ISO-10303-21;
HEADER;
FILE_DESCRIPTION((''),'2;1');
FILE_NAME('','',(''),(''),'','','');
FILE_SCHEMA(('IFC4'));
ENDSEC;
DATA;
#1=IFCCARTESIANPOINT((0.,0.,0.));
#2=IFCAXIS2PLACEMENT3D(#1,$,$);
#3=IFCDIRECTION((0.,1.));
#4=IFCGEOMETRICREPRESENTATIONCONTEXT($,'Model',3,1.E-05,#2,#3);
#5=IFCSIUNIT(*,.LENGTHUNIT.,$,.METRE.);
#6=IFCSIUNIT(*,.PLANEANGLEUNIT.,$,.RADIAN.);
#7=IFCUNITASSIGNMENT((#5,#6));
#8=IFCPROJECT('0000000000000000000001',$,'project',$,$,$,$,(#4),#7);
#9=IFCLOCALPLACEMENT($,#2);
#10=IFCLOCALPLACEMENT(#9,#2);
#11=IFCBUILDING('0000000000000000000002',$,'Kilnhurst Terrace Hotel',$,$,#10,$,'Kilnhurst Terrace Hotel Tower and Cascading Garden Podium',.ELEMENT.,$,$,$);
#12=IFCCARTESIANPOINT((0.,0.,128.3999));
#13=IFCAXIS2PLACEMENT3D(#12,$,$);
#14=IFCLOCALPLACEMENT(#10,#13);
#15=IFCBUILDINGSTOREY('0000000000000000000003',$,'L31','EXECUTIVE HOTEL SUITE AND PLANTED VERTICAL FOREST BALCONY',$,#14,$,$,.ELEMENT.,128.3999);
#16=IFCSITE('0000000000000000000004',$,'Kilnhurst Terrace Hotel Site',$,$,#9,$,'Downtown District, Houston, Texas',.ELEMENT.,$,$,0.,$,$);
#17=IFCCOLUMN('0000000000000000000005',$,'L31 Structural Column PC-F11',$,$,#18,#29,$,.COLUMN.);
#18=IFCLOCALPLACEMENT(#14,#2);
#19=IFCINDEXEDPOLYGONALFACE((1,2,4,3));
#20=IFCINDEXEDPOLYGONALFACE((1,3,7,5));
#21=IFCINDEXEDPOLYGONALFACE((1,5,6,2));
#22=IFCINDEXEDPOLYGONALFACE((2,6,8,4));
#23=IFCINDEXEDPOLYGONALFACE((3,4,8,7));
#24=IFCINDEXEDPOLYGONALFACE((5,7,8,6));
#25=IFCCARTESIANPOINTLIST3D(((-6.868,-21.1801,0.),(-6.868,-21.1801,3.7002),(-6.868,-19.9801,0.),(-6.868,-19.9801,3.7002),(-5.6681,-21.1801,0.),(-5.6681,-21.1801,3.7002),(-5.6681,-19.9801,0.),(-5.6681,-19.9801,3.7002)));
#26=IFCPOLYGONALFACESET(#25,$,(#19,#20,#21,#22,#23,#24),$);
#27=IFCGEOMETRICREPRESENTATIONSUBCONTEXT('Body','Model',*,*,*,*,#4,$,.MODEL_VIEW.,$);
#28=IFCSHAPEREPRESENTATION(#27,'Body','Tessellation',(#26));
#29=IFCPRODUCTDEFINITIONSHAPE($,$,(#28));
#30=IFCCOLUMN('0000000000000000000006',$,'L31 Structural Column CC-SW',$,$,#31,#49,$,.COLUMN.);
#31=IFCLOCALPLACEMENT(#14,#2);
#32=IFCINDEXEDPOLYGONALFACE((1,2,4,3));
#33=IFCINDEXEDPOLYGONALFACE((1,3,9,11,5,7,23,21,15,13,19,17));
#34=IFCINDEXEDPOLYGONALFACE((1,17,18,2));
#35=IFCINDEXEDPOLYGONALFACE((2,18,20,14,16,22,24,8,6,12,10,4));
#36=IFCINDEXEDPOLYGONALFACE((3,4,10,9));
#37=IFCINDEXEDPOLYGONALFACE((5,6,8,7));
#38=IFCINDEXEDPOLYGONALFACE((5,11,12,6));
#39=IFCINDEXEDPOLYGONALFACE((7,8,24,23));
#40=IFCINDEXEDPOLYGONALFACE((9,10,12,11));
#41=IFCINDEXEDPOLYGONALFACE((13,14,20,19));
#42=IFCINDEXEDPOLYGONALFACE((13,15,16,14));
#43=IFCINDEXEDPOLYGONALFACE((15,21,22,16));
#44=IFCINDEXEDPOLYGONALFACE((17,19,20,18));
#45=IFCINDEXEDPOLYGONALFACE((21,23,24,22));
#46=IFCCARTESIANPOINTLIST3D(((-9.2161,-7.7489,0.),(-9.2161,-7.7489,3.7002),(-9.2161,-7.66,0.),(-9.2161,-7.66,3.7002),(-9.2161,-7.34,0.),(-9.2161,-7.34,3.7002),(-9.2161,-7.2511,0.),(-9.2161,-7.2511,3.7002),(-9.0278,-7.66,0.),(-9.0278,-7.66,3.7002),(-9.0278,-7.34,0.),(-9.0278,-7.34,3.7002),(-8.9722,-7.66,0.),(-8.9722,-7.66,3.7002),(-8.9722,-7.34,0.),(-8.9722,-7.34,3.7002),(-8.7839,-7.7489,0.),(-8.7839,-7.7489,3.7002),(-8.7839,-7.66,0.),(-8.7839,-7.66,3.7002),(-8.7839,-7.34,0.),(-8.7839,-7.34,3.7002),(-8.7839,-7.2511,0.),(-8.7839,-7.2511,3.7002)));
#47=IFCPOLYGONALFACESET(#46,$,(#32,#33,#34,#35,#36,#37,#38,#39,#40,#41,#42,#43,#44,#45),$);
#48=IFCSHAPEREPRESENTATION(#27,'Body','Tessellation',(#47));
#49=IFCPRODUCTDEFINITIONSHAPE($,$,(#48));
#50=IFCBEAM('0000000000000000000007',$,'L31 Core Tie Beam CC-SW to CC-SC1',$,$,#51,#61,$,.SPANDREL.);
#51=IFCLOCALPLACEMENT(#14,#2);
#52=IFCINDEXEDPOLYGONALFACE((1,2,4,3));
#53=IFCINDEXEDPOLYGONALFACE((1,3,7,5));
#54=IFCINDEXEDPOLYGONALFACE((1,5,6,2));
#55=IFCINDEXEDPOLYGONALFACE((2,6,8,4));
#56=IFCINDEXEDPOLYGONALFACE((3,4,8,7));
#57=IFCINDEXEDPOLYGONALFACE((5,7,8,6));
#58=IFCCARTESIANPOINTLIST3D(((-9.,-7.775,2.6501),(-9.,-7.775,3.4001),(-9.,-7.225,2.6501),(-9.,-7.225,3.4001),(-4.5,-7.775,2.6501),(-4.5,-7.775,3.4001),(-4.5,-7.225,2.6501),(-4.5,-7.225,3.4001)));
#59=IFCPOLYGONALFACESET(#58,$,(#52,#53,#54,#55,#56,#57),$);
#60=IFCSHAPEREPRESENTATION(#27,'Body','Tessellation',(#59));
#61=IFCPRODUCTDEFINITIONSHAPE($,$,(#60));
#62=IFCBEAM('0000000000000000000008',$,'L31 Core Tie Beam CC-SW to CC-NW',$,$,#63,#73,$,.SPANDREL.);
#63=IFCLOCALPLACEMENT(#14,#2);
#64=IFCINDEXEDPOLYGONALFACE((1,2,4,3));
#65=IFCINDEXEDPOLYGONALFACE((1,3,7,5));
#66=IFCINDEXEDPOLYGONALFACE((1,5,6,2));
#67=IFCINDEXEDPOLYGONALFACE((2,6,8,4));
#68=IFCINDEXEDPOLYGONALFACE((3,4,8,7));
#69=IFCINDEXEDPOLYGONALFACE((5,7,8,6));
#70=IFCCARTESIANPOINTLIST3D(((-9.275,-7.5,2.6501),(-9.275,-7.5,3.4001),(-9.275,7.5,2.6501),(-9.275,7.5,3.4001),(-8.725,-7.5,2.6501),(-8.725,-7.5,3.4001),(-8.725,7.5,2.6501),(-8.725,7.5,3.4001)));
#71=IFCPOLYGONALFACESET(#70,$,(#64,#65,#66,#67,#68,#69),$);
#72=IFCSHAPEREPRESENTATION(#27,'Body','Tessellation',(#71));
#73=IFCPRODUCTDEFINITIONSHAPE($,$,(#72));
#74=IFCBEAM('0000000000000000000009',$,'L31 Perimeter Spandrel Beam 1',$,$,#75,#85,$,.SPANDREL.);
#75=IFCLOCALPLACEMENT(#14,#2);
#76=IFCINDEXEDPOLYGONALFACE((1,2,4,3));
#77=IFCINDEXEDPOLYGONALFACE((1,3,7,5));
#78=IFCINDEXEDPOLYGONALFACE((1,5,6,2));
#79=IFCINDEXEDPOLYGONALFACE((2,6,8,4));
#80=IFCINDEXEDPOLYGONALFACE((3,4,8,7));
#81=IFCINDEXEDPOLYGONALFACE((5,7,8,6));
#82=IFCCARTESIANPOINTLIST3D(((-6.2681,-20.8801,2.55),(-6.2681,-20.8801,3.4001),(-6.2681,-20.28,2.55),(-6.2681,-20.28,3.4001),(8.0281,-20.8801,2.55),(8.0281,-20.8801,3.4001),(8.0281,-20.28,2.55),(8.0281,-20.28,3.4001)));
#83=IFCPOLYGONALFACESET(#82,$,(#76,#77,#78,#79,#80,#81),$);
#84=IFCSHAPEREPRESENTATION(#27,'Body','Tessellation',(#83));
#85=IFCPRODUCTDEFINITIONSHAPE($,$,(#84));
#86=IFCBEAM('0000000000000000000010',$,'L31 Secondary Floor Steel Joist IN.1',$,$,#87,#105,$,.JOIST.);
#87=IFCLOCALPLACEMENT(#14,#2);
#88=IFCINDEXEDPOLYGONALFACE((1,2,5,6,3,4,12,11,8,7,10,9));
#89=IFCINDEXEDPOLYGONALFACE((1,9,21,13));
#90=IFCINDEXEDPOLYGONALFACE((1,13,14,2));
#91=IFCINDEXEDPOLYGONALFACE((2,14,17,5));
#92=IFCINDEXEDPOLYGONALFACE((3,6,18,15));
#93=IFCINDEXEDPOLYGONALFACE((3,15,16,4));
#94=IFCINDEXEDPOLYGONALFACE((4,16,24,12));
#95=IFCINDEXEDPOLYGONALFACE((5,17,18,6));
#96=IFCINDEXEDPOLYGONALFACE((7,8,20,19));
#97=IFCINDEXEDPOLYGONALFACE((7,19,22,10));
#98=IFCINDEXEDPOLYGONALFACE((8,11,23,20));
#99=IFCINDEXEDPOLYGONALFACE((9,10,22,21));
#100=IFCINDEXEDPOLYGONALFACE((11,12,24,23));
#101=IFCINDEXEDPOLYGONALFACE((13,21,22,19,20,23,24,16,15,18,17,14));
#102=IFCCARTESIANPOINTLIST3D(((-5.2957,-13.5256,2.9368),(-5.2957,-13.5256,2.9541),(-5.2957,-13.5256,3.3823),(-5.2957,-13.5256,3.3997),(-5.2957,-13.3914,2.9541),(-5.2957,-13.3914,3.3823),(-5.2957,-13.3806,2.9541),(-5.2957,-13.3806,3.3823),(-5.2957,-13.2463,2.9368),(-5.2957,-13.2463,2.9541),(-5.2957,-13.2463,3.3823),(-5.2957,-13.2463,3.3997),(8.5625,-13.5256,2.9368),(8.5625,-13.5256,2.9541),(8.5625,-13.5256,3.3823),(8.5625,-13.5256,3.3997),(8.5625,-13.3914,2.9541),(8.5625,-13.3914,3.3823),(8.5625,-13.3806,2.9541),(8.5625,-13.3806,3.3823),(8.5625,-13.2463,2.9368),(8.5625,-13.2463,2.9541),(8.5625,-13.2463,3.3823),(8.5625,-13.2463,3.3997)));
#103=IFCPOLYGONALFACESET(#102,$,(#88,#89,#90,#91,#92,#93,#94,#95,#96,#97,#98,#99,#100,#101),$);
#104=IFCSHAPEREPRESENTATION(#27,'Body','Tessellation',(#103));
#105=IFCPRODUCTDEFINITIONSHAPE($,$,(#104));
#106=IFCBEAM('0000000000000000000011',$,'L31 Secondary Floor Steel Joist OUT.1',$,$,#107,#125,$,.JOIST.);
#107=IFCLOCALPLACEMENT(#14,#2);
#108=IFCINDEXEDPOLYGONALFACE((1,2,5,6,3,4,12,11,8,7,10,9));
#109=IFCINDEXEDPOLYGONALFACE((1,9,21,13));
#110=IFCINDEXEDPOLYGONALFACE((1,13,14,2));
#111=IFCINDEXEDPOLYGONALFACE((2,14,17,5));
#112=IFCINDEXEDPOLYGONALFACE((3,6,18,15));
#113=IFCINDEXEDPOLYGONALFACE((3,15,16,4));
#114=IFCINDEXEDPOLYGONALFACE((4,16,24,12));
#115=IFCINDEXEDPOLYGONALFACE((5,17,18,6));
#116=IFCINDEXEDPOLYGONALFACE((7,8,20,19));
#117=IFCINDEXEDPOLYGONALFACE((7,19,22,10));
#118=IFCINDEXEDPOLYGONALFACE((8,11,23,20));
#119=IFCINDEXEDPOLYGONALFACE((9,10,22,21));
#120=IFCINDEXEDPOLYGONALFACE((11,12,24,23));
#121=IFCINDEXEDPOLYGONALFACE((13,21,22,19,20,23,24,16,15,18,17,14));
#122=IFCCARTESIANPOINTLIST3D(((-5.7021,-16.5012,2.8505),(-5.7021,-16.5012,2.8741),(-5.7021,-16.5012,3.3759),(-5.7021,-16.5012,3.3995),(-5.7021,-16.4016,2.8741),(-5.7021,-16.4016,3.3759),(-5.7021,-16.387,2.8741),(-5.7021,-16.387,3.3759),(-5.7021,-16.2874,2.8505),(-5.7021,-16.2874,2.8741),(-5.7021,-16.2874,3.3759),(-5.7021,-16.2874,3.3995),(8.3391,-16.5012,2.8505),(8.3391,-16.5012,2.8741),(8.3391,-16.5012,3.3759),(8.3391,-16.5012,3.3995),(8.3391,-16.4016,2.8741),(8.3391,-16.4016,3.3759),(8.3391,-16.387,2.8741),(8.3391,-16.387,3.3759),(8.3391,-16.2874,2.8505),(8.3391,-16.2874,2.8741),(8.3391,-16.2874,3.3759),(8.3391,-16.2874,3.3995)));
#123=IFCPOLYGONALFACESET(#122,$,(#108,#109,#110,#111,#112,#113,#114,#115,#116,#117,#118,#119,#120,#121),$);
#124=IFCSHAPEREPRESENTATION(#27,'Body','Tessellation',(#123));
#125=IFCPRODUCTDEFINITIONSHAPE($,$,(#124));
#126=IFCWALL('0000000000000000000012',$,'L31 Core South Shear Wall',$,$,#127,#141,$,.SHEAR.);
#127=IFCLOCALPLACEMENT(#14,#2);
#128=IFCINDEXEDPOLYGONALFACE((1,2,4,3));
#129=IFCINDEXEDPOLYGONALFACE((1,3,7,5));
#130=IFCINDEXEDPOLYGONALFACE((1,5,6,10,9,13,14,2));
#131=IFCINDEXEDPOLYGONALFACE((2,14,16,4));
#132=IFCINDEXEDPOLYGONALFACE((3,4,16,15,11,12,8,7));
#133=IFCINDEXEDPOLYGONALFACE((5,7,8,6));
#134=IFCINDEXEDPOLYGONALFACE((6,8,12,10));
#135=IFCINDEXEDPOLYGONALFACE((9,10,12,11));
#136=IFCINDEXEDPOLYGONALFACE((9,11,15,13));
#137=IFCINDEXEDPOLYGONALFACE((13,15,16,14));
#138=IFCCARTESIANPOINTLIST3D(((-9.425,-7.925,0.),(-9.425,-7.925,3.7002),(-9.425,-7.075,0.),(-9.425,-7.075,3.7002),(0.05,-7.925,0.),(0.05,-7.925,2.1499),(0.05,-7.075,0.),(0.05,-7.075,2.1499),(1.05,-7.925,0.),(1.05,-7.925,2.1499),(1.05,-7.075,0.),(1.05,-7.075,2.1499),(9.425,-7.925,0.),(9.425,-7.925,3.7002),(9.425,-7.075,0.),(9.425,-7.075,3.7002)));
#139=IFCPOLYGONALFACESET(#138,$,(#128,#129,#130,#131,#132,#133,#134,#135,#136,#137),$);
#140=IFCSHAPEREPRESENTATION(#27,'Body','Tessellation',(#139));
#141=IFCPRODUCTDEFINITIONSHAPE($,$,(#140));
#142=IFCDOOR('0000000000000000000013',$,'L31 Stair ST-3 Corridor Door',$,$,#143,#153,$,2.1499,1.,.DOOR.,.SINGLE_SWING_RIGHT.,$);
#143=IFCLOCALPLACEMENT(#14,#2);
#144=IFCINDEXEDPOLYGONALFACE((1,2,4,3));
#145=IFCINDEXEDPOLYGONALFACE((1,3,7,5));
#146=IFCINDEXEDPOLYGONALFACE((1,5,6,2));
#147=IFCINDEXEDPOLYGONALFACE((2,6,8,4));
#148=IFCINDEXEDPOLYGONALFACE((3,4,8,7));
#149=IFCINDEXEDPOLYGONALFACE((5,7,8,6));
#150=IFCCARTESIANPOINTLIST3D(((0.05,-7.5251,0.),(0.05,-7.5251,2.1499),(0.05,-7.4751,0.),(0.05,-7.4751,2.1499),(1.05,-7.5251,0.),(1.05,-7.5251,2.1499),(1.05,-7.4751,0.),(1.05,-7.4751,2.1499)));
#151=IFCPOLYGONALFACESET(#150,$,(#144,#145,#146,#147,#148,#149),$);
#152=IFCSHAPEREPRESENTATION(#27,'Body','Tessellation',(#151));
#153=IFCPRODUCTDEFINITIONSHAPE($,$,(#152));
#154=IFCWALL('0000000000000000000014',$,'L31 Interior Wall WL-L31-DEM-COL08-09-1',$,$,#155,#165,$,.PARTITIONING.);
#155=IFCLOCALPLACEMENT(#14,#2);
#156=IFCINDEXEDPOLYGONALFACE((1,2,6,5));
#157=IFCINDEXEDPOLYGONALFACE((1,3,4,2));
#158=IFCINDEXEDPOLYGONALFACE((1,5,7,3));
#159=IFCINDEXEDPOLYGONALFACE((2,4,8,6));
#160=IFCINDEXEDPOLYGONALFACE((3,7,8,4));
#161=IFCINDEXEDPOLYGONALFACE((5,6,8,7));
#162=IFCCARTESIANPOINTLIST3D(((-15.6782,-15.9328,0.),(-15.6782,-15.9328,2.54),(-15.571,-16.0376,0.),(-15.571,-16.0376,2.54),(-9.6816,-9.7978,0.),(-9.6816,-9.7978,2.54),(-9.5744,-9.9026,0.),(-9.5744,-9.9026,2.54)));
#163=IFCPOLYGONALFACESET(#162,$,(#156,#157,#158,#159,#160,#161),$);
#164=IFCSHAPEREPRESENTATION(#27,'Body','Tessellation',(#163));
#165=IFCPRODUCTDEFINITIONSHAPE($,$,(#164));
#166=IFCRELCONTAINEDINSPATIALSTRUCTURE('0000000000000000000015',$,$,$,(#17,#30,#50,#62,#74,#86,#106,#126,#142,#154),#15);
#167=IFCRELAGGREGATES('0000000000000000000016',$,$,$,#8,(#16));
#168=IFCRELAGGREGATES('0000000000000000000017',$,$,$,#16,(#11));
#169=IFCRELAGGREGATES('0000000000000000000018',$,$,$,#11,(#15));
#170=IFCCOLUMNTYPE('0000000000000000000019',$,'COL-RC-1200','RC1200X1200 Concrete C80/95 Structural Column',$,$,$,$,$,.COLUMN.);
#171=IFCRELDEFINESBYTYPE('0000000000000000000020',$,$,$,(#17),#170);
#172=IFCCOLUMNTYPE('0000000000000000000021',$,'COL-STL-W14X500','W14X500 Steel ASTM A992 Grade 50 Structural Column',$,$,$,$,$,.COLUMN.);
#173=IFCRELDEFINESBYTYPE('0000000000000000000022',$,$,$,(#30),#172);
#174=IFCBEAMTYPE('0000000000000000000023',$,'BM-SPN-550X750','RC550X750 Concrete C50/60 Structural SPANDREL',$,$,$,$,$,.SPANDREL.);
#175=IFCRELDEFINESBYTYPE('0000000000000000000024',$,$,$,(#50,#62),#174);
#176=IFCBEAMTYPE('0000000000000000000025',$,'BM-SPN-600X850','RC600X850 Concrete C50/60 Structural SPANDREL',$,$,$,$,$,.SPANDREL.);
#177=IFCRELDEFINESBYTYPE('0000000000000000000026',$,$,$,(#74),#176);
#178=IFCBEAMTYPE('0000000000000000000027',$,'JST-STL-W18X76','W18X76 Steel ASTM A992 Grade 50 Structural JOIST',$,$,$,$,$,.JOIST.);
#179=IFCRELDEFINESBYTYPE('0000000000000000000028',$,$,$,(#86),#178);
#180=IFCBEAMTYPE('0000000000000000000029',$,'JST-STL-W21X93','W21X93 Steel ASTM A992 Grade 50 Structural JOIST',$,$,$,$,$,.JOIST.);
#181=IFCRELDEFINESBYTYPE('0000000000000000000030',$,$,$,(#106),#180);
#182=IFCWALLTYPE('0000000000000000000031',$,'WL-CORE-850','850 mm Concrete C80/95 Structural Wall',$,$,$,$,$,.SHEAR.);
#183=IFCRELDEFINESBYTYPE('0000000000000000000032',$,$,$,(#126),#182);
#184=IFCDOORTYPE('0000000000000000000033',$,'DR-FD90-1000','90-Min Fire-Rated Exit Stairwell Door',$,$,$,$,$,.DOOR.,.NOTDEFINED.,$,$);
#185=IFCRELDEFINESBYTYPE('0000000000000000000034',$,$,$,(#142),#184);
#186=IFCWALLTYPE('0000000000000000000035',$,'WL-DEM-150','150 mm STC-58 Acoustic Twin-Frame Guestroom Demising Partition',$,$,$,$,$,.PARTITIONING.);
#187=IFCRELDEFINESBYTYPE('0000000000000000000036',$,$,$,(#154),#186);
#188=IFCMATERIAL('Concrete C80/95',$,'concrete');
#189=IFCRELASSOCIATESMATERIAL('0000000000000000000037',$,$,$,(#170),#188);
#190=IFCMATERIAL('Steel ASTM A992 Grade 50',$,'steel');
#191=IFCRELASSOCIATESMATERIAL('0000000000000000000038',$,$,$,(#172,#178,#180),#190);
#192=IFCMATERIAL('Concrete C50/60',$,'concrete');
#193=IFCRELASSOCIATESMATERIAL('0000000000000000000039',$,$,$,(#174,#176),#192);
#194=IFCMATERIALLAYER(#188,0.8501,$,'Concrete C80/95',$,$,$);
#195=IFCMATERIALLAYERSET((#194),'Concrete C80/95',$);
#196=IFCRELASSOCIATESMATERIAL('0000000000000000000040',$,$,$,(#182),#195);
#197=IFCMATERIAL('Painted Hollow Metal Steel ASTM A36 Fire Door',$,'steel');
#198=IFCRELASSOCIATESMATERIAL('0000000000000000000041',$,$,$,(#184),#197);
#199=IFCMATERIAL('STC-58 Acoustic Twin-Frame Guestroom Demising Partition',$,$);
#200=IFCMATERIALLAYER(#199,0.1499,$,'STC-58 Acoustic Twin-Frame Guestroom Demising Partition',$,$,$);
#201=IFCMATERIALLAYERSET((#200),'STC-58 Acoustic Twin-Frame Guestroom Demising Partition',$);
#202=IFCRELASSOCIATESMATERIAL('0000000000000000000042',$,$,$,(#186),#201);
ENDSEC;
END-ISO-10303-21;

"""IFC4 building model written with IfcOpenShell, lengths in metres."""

from ifc_helpers import new_model, si_unit, direction, frame, frame_2d, origin, origin_2d, place, context, subcontext, project, spatial, rectangle, i_section, extrude, material, layer, layer_set, material_profile, profile_set, type_object, element, fill, save


model = new_model("IFC4")

# Units and contexts
model_context = context("Model", 3, precision=1e-05, world=origin(), true_north=direction((0.0, 1.0)))
body_context = subcontext(model_context, "Body", "Model", "MODEL_VIEW")
ifc_project = project(units=[si_unit("LENGTHUNIT", "METRE"), si_unit("PLANEANGLEUNIT", "RADIAN")], contexts=[model_context])

# Site, building, storey
site_placement = place(None, origin())
site = spatial("IfcSite", under=ifc_project, at=site_placement, Name="Kilnhurst Terrace Hotel Site", LongName="Downtown District, Houston, Texas", CompositionType="ELEMENT", RefElevation=0.0)
building_placement = place(site_placement, origin())
building = spatial("IfcBuilding", under=site, at=building_placement, Name="Kilnhurst Terrace Hotel", LongName="Kilnhurst Terrace Hotel Tower and Cascading Garden Podium", CompositionType="ELEMENT")
storey_placement = place(building_placement, frame((0.0, 0.0, 128.3999)))
storey = spatial("IfcBuildingStorey", under=building, at=storey_placement, Name="L31", Description="EXECUTIVE HOTEL SUITE AND PLANTED VERTICAL FOREST BALCONY", CompositionType="ELEMENT", Elevation=128.3999)

# Columns
ifc_material_1 = material(Name="Concrete C80/95", Category="concrete")
ifc_material_profile_1 = material_profile(ifc_material_1, rectangle(XDim=1.2, YDim=1.2, at=origin_2d()), Name="RC1200X1200")
ifc_profile_set_1 = profile_set([ifc_material_profile_1], Name="Concrete C80/95")
column_type_1 = type_object("IfcColumnType", Name="COL-RC-1200", Description="RC1200X1200 Concrete C80/95 Structural Column", PredefinedType="COLUMN", material=ifc_profile_set_1)
column_1_placement = place(storey_placement, frame((-6.2681, -20.5801, 0.0), z_axis=(0.0, 0.0, 1.0), x_axis=(1.0, 0.0, 0.0)))
element("IfcColumn", 1, at=column_1_placement, inside=storey, type_object=column_type_1, Name="L31 Structural Column PC-F11", PredefinedType="COLUMN", context=body_context, shape_type="SweptSolid", body=[
    extrude(rectangle(XDim=1.2, YDim=1.2, at=origin_2d()), origin(), (0.0, 0.0, 1.0), 3.7002),
])
ifc_material_2 = material(Name="Steel ASTM A992 Grade 50", Category="steel")
ifc_material_profile_2 = material_profile(ifc_material_2, i_section(OverallWidth=0.4321, OverallDepth=0.4978, WebThickness=0.0557, FlangeThickness=0.0889, at=origin_2d()), Name="W14X500")
ifc_profile_set_2 = profile_set([ifc_material_profile_2], Name="Steel ASTM A992 Grade 50")
column_type_2 = type_object("IfcColumnType", Name="COL-STL-W14X500", Description="W14X500 Steel ASTM A992 Grade 50 Structural Column", PredefinedType="COLUMN", material=ifc_profile_set_2)
column_2_placement = place(storey_placement, frame((-9.0, -7.5, 0.0), z_axis=(0.0, 0.0, 1.0), x_axis=(1.0, 0.0, 0.0)))
element("IfcColumn", 2, at=column_2_placement, inside=storey, type_object=column_type_2, Name="L31 Structural Column CC-SW", PredefinedType="COLUMN", context=body_context, shape_type="SweptSolid", body=[
    extrude(i_section(OverallWidth=0.4321, OverallDepth=0.4978, WebThickness=0.0557, FlangeThickness=0.0889, at=origin_2d()), origin(), (0.0, 0.0, 1.0), 3.7002),
])

# Beams
ifc_material_3 = material(Name="Concrete C50/60", Category="concrete")
ifc_material_profile_3 = material_profile(ifc_material_3, rectangle(XDim=0.55, YDim=0.75, at=origin_2d()), Name="RC550X750")
ifc_profile_set_3 = profile_set([ifc_material_profile_3], Name="Concrete C50/60")
beam_type_1 = type_object("IfcBeamType", Name="BM-SPN-550X750", Description="RC550X750 Concrete C50/60 Structural SPANDREL", PredefinedType="SPANDREL", material=ifc_profile_set_3)
beam_1_placement = place(storey_placement, frame((-9.0, -7.5, 3.0251), z_axis=(1.0, 0.0, 0.0), x_axis=(0.0, 1.0, 0.0)))
element("IfcBeam", 3, at=beam_1_placement, inside=storey, type_object=beam_type_1, Name="L31 Core Tie Beam CC-SW to CC-SC1", PredefinedType="SPANDREL", context=body_context, shape_type="SweptSolid", body=[
    extrude(rectangle(XDim=0.55, YDim=0.75, at=origin_2d()), origin(), (0.0, 0.0, 1.0), 4.5),
])
beam_2_placement = place(storey_placement, frame((-9.0, -7.5, 3.0251), z_axis=(0.0, 1.0, 0.0), x_axis=(-1.0, 0.0, 0.0)))
element("IfcBeam", 4, at=beam_2_placement, inside=storey, type_object=beam_type_1, Name="L31 Core Tie Beam CC-SW to CC-NW", PredefinedType="SPANDREL", context=body_context, shape_type="SweptSolid", body=[
    extrude(rectangle(XDim=0.55, YDim=0.75, at=origin_2d()), origin(), (0.0, 0.0, 1.0), 15.0),
])
ifc_material_profile_4 = material_profile(ifc_material_3, rectangle(XDim=0.6001, YDim=0.8501, at=origin_2d()), Name="RC600X850")
ifc_profile_set_4 = profile_set([ifc_material_profile_4], Name="Concrete C50/60")
beam_type_2 = type_object("IfcBeamType", Name="BM-SPN-600X850", Description="RC600X850 Concrete C50/60 Structural SPANDREL", PredefinedType="SPANDREL", material=ifc_profile_set_4)
beam_3_placement = place(storey_placement, frame((-6.2681, -20.5801, 2.9751), z_axis=(1.0, 0.0, 0.0), x_axis=(0.0, 1.0, 0.0)))
element("IfcBeam", 5, at=beam_3_placement, inside=storey, type_object=beam_type_2, Name="L31 Perimeter Spandrel Beam 1", PredefinedType="SPANDREL", context=body_context, shape_type="SweptSolid", body=[
    extrude(rectangle(XDim=0.6001, YDim=0.8501, at=origin_2d()), origin(), (0.0, 0.0, 1.0), 14.2961),
])
ifc_material_profile_5 = material_profile(ifc_material_2, i_section(OverallWidth=0.2793, OverallDepth=0.4629, WebThickness=0.0107, FlangeThickness=0.0173, at=origin_2d()), Name="W18X76")
ifc_profile_set_5 = profile_set([ifc_material_profile_5], Name="Steel ASTM A992 Grade 50")
beam_type_3 = type_object("IfcBeamType", Name="JST-STL-W18X76", Description="W18X76 Steel ASTM A992 Grade 50 Structural JOIST", PredefinedType="JOIST", material=ifc_profile_set_5)
beam_4_placement = place(storey_placement, frame((-5.2957, -13.386, 3.1682), z_axis=(1.0, 0.0, 0.0), x_axis=(0.0, 1.0, 0.0)))
element("IfcBeam", 6, at=beam_4_placement, inside=storey, type_object=beam_type_3, Name="L31 Secondary Floor Steel Joist IN.1", PredefinedType="JOIST", context=body_context, shape_type="SweptSolid", body=[
    extrude(i_section(OverallWidth=0.2793, OverallDepth=0.4629, WebThickness=0.0107, FlangeThickness=0.0173, at=origin_2d()), origin(), (0.0, 0.0, 1.0), 13.8582),
])
ifc_material_profile_6 = material_profile(ifc_material_2, i_section(OverallWidth=0.2139, OverallDepth=0.5491, WebThickness=0.0146, FlangeThickness=0.0237, at=origin_2d()), Name="W21X93")
ifc_profile_set_6 = profile_set([ifc_material_profile_6], Name="Steel ASTM A992 Grade 50")
beam_type_4 = type_object("IfcBeamType", Name="JST-STL-W21X93", Description="W21X93 Steel ASTM A992 Grade 50 Structural JOIST", PredefinedType="JOIST", material=ifc_profile_set_6)
beam_5_placement = place(storey_placement, frame((-5.7021, -16.3943, 3.125), z_axis=(1.0, 0.0, 0.0), x_axis=(0.0, 1.0, 0.0)))
element("IfcBeam", 7, at=beam_5_placement, inside=storey, type_object=beam_type_4, Name="L31 Secondary Floor Steel Joist OUT.1", PredefinedType="JOIST", context=body_context, shape_type="SweptSolid", body=[
    extrude(i_section(OverallWidth=0.2139, OverallDepth=0.5491, WebThickness=0.0146, FlangeThickness=0.0237, at=origin_2d()), origin(), (0.0, 0.0, 1.0), 14.0413),
])

# Wall, opening, door
ifc_layer_1 = layer(ifc_material_1, 0.8501, Name="Concrete C80/95")
ifc_layer_set_1 = layer_set([ifc_layer_1], Name="Concrete C80/95")
wall_type_1 = type_object("IfcWallType", Name="WL-CORE-850", Description="850 mm Concrete C80/95 Structural Wall", PredefinedType="SHEAR", material=ifc_layer_set_1)
wall_1_placement = place(storey_placement, frame((-9.425, -7.5, 0.0), z_axis=(0.0, 0.0, 1.0), x_axis=(1.0, 0.0, 0.0)))
wall_1 = element("IfcWall", 8, at=wall_1_placement, inside=storey, type_object=wall_type_1, Name="L31 Core South Shear Wall", PredefinedType="SHEAR", context=body_context, shape_type="SweptSolid", body=[
    extrude(rectangle(XDim=18.8501, YDim=0.8501, at=frame_2d((9.425, 0.0))), origin(), (0.0, 0.0, 1.0), 3.7002),
])
opening_1_placement = place(wall_1_placement, frame((9.4751, 0.0, 0.0)))
opening_1 = element("IfcOpeningElement", 9, at=opening_1_placement, cuts=wall_1, PredefinedType="OPENING", context=body_context, shape_type="SweptSolid", body=[
    extrude(rectangle(XDim=1.0, YDim=2.1499, at=frame_2d((0.5, 1.075))), frame((0.0, 0.4351, 0.0), z_axis=(0.0, -1.0, 0.0), x_axis=(1.0, 0.0, 0.0)), (0.0, 0.0, 1.0), 0.8701),
])
ifc_material_4 = material(Name="Painted Hollow Metal Steel ASTM A36 Fire Door", Category="steel")
door_type_1 = type_object("IfcDoorType", Name="DR-FD90-1000", Description="90-Min Fire-Rated Exit Stairwell Door", OperationType="NOTDEFINED", PredefinedType="DOOR", material=ifc_material_4)
door_1_placement = place(opening_1_placement, origin())
door_1 = element("IfcDoor", 10, at=door_1_placement, inside=storey, type_object=door_type_1, Name="L31 Stair ST-3 Corridor Door", OperationType="SINGLE_SWING_RIGHT", OverallHeight=2.1499, OverallWidth=1.0, PredefinedType="DOOR", context=body_context, shape_type="SweptSolid", body=[
    extrude(rectangle(XDim=1.0, YDim=2.1499, at=frame_2d((0.5, 1.075))), frame((0.0, 0.0249, 0.0), z_axis=(0.0, -1.0, 0.0), x_axis=(1.0, 0.0, 0.0)), (0.0, 0.0, 1.0), 0.05),
])
fill(opening_1, door_1)

# Wall
ifc_material_5 = material(Name="STC-58 Acoustic Twin-Frame Guestroom Demising Partition")
ifc_layer_2 = layer(ifc_material_5, 0.1499, Name="STC-58 Acoustic Twin-Frame Guestroom Demising Partition")
ifc_layer_set_2 = layer_set([ifc_layer_2], Name="STC-58 Acoustic Twin-Frame Guestroom Demising Partition")
wall_type_2 = type_object("IfcWallType", Name="WL-DEM-150", Description="150 mm STC-58 Acoustic Twin-Frame Guestroom Demising Partition", PredefinedType="PARTITIONING", material=ifc_layer_set_2)
wall_2_placement = place(storey_placement, frame((-9.6279, -9.8501, 0.0), z_axis=(0.0, 0.0, 1.0), x_axis=(-0.698993, -0.715129, 0.0)))
element("IfcWall", 11, at=wall_2_placement, inside=storey, type_object=wall_type_2, Name="L31 Interior Wall WL-L31-DEM-COL08-09-1", PredefinedType="PARTITIONING", context=body_context, shape_type="SweptSolid", body=[
    extrude(rectangle(XDim=8.5789, YDim=0.1499, at=frame_2d((4.2896, 0.0))), origin(), (0.0, 0.0, 1.0), 2.54),
])

save(model, "model.ifc")
